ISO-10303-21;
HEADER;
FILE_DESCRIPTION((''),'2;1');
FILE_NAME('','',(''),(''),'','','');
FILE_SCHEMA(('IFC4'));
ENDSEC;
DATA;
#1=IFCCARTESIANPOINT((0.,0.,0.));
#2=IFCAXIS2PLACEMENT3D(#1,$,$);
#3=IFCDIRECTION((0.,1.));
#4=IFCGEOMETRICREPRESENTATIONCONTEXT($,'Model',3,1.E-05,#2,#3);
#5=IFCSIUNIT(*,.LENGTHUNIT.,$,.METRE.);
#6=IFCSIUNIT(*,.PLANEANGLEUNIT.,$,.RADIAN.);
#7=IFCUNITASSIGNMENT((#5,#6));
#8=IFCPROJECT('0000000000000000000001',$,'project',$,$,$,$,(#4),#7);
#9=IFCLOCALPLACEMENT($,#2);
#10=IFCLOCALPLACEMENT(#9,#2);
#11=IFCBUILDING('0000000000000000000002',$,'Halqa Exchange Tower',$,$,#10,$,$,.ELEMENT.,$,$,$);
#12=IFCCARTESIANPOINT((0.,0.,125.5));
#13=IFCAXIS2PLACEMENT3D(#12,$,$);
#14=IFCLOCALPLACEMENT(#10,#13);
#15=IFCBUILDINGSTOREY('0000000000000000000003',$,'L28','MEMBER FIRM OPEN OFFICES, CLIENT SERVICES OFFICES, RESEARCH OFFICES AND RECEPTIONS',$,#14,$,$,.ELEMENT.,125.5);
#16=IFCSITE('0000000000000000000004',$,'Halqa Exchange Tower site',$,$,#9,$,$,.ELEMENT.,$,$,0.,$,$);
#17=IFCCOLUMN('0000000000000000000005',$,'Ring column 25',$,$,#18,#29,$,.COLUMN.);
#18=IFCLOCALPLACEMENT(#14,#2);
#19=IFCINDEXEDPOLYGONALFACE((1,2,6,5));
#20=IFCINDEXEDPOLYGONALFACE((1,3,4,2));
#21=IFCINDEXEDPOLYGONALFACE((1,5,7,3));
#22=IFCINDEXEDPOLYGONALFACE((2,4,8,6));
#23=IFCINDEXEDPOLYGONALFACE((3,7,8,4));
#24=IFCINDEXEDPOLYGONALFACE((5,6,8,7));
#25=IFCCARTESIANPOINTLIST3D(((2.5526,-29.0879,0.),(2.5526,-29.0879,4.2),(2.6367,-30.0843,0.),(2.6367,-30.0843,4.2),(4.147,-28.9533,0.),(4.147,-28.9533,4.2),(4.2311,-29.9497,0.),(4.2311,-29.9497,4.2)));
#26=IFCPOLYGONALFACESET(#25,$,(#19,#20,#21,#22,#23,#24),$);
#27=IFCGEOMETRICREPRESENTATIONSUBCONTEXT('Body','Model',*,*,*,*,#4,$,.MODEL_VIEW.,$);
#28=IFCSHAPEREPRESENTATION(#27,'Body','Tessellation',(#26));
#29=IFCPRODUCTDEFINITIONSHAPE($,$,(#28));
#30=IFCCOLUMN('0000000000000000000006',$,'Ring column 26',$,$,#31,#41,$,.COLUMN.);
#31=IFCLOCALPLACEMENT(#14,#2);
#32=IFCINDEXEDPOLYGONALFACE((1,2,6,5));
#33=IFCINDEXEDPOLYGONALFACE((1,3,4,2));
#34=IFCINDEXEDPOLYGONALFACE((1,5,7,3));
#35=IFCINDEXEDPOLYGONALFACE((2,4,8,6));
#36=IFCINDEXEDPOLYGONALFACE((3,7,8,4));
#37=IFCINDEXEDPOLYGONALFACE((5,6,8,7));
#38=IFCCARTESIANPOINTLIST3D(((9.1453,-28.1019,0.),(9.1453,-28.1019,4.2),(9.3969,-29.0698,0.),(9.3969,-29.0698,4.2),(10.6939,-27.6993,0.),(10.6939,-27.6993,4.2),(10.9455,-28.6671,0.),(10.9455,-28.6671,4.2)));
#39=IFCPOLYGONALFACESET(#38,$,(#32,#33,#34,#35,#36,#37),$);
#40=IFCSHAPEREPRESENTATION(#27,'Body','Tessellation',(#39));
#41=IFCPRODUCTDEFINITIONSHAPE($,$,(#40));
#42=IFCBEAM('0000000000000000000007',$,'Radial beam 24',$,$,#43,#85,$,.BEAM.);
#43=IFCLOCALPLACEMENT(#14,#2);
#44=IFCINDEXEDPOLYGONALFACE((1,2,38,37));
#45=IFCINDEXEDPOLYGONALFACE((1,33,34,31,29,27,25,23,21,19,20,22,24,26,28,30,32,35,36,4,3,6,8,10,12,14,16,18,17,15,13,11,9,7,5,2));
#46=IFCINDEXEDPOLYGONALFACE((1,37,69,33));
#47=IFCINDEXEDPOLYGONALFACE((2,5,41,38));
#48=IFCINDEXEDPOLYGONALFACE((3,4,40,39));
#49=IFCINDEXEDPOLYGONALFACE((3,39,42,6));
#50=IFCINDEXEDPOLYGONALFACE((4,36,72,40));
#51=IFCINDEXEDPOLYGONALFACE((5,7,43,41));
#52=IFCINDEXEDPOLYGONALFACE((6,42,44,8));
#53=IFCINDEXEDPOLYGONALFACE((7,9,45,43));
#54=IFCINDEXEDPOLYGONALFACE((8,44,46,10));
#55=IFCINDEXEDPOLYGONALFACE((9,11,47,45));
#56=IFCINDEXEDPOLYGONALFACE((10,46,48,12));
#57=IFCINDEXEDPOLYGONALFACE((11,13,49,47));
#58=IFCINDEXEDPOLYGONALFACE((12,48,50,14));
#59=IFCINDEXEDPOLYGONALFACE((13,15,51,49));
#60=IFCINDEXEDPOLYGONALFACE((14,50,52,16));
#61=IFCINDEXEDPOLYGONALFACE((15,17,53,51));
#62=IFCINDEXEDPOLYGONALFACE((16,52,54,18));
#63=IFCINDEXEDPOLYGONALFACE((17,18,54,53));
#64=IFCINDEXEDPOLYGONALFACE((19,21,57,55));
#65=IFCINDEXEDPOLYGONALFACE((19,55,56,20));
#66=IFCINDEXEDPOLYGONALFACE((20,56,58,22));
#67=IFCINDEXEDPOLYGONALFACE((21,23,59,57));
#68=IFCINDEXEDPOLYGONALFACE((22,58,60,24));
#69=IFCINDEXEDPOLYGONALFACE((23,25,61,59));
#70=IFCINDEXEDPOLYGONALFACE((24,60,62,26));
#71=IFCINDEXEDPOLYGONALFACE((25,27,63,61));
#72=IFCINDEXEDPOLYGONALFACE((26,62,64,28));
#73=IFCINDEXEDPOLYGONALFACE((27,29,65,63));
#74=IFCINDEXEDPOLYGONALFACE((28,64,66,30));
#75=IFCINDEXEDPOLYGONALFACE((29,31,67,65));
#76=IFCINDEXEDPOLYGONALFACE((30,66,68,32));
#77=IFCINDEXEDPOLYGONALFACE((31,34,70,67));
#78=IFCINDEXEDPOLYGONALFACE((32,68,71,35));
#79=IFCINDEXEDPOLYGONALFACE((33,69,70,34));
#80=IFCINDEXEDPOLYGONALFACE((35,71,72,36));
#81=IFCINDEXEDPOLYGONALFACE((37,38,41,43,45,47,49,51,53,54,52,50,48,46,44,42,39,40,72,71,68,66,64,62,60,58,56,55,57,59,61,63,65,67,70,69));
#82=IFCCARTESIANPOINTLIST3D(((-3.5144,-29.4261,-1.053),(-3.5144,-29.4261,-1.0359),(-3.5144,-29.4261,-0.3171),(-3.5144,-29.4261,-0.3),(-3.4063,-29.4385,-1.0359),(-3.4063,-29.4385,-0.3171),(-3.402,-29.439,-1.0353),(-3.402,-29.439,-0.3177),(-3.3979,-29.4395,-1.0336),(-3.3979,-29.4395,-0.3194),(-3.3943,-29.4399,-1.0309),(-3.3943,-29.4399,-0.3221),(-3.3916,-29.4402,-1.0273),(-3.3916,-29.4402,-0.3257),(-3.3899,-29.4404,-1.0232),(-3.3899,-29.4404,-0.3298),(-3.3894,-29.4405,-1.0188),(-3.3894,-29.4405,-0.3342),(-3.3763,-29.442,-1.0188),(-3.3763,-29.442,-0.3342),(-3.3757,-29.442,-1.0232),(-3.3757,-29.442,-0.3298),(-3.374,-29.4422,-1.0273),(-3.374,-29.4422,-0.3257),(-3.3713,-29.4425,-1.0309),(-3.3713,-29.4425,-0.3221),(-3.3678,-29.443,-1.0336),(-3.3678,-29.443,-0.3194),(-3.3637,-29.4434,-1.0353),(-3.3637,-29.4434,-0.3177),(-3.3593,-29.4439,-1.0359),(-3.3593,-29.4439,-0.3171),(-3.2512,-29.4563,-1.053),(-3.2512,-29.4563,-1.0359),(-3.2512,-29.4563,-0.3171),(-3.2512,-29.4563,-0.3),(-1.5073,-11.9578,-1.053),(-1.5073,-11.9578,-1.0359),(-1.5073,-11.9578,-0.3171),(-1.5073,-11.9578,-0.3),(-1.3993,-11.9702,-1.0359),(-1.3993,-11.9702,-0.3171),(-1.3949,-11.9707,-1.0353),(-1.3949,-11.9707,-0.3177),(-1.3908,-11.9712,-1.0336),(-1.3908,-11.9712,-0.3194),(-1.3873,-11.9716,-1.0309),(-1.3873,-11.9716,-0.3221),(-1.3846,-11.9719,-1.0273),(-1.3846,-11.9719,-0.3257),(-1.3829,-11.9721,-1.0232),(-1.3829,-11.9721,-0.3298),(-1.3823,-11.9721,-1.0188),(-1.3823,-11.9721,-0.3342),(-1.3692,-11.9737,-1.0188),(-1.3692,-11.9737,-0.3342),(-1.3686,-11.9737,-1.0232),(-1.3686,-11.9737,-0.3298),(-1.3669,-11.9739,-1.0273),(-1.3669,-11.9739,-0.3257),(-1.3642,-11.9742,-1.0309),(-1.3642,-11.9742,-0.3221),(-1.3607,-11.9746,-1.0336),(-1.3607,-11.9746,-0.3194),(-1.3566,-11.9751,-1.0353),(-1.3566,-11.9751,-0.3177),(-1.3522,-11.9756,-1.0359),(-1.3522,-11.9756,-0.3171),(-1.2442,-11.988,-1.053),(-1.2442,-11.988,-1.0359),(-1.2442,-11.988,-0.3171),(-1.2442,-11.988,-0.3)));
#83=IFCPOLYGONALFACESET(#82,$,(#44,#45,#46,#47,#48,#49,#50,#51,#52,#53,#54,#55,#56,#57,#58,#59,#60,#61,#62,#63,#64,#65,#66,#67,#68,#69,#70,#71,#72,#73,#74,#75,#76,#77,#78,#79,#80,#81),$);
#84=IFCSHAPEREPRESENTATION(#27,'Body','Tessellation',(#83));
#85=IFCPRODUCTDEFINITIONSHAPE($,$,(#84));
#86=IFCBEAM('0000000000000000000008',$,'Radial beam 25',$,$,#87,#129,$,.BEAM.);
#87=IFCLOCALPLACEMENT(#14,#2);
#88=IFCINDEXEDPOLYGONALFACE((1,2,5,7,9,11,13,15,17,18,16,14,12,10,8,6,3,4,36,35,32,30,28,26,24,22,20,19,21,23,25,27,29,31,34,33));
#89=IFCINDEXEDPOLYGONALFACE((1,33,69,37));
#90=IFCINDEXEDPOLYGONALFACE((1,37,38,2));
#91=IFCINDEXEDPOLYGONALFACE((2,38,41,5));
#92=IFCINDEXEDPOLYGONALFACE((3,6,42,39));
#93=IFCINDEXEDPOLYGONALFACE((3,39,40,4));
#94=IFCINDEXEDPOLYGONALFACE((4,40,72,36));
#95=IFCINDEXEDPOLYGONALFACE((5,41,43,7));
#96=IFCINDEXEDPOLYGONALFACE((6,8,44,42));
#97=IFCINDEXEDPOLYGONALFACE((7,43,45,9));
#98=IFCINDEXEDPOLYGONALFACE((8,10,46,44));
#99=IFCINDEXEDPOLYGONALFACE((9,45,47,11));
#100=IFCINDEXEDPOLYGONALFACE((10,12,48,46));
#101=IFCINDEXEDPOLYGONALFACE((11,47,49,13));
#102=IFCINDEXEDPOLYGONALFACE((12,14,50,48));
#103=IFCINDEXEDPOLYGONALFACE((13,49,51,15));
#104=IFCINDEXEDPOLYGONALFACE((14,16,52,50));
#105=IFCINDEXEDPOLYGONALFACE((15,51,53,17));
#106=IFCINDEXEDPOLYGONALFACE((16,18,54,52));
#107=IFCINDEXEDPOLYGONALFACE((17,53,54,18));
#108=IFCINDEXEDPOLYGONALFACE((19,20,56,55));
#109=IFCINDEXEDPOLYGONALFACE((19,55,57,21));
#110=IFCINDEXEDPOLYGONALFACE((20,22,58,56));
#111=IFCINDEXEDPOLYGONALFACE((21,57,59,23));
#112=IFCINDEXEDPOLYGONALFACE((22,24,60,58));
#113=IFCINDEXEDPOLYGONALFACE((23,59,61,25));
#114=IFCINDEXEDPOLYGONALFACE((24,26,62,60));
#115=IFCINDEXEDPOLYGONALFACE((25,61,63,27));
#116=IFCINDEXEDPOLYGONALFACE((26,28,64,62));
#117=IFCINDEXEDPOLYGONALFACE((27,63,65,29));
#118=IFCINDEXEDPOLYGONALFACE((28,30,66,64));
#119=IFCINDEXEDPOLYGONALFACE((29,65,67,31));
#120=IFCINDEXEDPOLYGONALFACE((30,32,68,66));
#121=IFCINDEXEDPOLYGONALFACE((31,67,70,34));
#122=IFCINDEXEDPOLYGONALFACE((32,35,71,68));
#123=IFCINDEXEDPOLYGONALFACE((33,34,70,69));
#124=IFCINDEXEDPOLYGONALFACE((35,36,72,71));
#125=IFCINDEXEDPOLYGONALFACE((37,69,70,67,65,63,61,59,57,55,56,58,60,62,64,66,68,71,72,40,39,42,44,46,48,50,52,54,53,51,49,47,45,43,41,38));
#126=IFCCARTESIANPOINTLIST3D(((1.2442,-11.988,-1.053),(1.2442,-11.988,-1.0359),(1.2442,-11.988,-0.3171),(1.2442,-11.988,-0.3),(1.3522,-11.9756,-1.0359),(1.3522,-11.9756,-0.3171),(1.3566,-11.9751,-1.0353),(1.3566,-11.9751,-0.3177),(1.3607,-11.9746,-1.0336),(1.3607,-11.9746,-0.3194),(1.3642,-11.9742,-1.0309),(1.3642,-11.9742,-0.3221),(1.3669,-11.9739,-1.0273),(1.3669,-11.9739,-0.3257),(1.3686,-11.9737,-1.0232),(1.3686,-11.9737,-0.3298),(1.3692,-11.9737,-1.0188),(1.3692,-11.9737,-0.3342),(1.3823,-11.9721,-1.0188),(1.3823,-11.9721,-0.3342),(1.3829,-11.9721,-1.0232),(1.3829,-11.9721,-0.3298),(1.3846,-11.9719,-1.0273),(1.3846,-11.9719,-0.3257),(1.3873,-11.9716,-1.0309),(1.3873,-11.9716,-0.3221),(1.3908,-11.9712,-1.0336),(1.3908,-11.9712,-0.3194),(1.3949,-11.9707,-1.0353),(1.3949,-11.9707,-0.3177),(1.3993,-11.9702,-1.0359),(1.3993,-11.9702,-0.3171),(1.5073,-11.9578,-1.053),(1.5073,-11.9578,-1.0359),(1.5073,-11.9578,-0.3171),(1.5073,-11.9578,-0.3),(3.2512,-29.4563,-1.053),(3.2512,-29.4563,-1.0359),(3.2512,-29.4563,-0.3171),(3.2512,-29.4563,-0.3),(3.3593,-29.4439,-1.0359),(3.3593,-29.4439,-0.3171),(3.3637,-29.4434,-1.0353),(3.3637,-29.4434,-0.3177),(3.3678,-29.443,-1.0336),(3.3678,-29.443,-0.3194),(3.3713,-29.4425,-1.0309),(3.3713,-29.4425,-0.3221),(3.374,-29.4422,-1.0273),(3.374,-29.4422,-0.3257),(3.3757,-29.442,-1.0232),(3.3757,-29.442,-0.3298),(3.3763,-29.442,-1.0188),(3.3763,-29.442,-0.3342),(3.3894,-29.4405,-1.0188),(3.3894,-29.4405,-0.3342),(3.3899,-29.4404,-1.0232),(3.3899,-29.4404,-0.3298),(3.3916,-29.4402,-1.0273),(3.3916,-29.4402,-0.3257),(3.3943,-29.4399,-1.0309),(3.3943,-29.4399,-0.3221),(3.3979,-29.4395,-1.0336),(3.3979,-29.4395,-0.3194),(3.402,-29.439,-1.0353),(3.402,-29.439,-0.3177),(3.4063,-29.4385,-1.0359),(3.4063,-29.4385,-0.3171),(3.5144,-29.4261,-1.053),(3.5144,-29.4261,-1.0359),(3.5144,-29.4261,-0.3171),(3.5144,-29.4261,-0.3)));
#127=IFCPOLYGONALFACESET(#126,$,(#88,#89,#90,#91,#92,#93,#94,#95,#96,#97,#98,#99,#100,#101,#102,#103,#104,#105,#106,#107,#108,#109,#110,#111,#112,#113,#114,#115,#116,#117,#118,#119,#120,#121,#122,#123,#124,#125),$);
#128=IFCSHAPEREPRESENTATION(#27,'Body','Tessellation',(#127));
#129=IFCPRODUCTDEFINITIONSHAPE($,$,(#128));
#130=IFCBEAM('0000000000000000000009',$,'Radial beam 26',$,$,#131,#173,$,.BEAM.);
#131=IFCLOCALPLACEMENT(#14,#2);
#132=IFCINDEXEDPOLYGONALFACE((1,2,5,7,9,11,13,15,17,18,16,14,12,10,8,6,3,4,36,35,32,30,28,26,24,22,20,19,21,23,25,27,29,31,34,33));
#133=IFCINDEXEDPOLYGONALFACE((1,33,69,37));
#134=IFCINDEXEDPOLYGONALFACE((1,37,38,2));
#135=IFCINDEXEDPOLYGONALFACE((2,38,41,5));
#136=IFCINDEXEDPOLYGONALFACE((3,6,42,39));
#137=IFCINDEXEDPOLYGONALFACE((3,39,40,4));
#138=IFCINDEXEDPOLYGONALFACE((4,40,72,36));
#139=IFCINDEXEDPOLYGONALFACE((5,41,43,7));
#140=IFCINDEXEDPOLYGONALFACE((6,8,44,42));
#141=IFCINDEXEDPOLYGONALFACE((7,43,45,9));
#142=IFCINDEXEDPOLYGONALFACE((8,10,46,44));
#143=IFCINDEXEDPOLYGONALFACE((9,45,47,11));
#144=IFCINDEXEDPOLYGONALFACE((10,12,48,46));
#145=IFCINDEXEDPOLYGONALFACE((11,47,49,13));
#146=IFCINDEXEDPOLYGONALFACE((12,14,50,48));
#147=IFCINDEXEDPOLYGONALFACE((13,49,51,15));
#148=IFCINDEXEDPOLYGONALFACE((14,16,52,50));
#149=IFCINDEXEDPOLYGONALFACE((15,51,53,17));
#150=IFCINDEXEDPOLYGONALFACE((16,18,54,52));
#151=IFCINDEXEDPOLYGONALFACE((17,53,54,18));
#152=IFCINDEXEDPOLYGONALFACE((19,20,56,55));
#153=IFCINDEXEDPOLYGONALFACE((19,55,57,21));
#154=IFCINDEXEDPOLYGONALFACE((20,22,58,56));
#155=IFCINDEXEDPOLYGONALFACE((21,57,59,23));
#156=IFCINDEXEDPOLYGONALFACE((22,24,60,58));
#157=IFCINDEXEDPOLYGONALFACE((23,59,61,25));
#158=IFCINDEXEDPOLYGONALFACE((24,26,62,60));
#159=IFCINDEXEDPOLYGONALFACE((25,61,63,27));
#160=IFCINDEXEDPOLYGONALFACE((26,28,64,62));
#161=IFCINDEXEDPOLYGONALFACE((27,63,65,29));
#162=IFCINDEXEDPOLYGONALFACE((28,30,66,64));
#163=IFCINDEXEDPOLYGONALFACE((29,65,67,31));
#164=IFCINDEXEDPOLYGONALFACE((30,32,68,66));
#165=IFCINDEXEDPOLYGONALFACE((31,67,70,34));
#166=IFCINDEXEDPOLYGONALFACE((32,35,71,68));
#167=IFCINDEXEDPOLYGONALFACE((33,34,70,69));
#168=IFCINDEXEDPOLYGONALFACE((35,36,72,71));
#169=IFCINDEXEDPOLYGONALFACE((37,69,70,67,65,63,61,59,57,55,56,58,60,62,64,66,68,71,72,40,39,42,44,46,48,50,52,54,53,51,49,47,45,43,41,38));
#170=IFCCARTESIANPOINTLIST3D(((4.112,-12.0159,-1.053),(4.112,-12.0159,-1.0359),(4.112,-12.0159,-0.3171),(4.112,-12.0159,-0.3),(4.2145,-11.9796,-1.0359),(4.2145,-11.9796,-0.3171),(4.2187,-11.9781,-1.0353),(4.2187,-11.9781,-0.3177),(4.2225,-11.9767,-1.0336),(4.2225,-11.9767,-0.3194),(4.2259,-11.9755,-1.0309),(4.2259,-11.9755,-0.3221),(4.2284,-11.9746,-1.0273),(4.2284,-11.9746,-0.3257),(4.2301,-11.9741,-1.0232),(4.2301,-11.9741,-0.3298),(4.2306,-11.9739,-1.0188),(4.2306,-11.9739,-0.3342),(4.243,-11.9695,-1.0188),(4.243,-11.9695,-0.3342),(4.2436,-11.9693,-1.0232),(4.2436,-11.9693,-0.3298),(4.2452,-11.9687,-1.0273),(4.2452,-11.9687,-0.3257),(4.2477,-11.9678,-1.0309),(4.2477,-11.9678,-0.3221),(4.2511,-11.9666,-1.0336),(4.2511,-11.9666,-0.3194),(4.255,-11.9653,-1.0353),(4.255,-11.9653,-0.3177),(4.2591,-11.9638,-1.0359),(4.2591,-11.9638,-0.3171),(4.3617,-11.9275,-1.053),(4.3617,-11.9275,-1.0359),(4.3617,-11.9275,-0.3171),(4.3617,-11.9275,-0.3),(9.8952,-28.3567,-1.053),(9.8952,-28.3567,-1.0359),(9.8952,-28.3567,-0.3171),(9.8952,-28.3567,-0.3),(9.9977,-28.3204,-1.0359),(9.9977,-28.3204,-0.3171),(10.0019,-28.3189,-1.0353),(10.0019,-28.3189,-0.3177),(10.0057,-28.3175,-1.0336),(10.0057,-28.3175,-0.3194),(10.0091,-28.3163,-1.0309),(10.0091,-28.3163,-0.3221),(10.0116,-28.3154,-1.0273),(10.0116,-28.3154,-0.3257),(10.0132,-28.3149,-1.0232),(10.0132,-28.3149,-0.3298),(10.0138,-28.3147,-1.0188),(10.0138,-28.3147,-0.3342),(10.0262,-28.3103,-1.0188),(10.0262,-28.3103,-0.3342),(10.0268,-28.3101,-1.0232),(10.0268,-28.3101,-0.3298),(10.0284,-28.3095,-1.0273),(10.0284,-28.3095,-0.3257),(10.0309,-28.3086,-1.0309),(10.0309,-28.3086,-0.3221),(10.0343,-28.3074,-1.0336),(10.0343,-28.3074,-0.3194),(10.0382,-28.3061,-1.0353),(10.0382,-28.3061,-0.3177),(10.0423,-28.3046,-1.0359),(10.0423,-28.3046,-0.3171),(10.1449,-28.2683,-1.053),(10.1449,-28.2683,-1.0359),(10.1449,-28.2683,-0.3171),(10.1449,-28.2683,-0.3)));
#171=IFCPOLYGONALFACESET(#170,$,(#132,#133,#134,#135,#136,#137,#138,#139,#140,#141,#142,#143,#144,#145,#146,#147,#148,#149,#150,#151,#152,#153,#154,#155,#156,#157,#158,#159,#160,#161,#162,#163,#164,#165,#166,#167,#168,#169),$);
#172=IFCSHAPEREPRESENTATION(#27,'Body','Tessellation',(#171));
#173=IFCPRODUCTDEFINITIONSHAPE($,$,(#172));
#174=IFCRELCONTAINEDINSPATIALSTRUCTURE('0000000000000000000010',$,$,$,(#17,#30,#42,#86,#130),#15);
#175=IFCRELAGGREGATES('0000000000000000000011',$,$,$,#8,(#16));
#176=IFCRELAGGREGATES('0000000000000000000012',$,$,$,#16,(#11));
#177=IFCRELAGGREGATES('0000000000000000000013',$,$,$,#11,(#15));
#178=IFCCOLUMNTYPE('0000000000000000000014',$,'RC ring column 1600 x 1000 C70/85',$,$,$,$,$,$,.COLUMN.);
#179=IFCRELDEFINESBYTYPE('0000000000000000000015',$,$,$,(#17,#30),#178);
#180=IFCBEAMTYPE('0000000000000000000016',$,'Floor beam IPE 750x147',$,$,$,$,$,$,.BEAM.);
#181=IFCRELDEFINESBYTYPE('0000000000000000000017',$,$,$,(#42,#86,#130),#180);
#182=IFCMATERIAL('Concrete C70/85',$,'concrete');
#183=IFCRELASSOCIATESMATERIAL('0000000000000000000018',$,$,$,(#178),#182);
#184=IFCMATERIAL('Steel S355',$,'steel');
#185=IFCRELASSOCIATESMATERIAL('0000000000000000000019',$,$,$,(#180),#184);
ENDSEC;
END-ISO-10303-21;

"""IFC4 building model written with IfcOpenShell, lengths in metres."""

from ifc_helpers import new_model, si_unit, direction, frame, origin, origin_2d, place, context, subcontext, project, spatial, rectangle, i_section, extrude, material, material_profile, profile_set, type_object, element, save


model = new_model("IFC4")

# Units and contexts
model_context = context("Model", 3, precision=1e-05, world=origin(), true_north=direction((0.0, 1.0)))
body_context = subcontext(model_context, "Body", "Model", "MODEL_VIEW")
ifc_project = project(units=[si_unit("LENGTHUNIT", "METRE"), si_unit("PLANEANGLEUNIT", "RADIAN")], contexts=[model_context])

# Site, building, storey
site_placement = place(None, origin())
site = spatial("IfcSite", under=ifc_project, at=site_placement, Name="Halqa Exchange Tower site", CompositionType="ELEMENT", RefElevation=0.0)
building_placement = place(site_placement, origin())
building = spatial("IfcBuilding", under=site, at=building_placement, Name="Halqa Exchange Tower", CompositionType="ELEMENT")
storey_placement = place(building_placement, frame((0.0, 0.0, 125.5)))
storey = spatial("IfcBuildingStorey", under=building, at=storey_placement, Name="L28", Description="MEMBER FIRM OPEN OFFICES, CLIENT SERVICES OFFICES, RESEARCH OFFICES AND RECEPTIONS", CompositionType="ELEMENT", Elevation=125.5)

# Columns
ifc_material_1 = material(Name="Concrete C70/85", Category="concrete")
ifc_material_profile_1 = material_profile(ifc_material_1, rectangle(XDim=1.6001, YDim=1.0, at=origin_2d()), Name="1600 x 1000")
ifc_profile_set_1 = profile_set([ifc_material_profile_1], Name="Concrete C70/85")
column_type = type_object("IfcColumnType", Name="RC ring column 1600 x 1000 C70/85", PredefinedType="COLUMN", material=ifc_profile_set_1)
for number, where, z_axis, x_axis, name in (
    (1, (3.3918, -29.5188, 0.0), (0.0, 0.0, 1.0), (0.996455, 0.084123, 0.0), "Ring column 25"),
    (2, (10.0454, -28.3845, 0.0), (0.0, 0.0, 1.0), (0.96782, 0.251645, 0.0), "Ring column 26"),
):
    element("IfcColumn", number, at=place(storey_placement, frame(where, z_axis=z_axis, x_axis=x_axis)), inside=storey, type_object=column_type, Name=name, PredefinedType="COLUMN", context=body_context, shape_type="SweptSolid", body=[
        extrude(rectangle(XDim=1.6001, YDim=1.0, at=origin_2d()), origin(), (0.0, 0.0, 1.0), 4.2),
    ])

# Beams
ifc_material_2 = material(Name="Steel S355", Category="steel")
ifc_material_profile_2 = material_profile(ifc_material_2, i_section(OverallWidth=0.2649, OverallDepth=0.7529, WebThickness=0.0132, FlangeThickness=0.0171, FilletRadius=0.0171, at=origin_2d()), Name="IPE 750x147")
ifc_profile_set_2 = profile_set([ifc_material_profile_2], Name="Steel S355")
beam_type_1 = type_object("IfcBeamType", Name="Floor beam IPE 750x147", PredefinedType="BEAM", material=ifc_profile_set_2)
for number, where, z_axis, x_axis, name in (
    (3, (-1.3757, -11.9729, -0.6765), (-0.114148, -0.993464, 0.0), (0.993464, -0.114148, 0.0), "Radial beam 24"),
    (4, (1.3757, -11.9729, -0.6765), (0.114148, -0.993464, 0.0), (0.993464, 0.114148, 0.0), "Radial beam 25"),
):
    element("IfcBeam", number, at=place(storey_placement, frame(where, z_axis=z_axis, x_axis=x_axis)), inside=storey, type_object=beam_type_1, Name=name, PredefinedType="BEAM", context=body_context, shape_type="SweptSolid", body=[
        extrude(i_section(OverallWidth=0.2649, OverallDepth=0.7529, WebThickness=0.0132, FlangeThickness=0.0171, FilletRadius=0.0171, at=origin_2d()), origin(), (0.0, 0.0, 1.0), 17.5833),
    ])
beam_1_placement = place(storey_placement, frame((4.2368, -11.9717, -0.6765), z_axis=(0.333633, -0.942703, 0.0), x_axis=(0.942703, 0.333633, 0.0)))
element("IfcBeam", 5, at=beam_1_placement, inside=storey, type_object=beam_type_1, Name="Radial beam 26", PredefinedType="BEAM", context=body_context, shape_type="SweptSolid", body=[
    extrude(i_section(OverallWidth=0.2649, OverallDepth=0.7529, WebThickness=0.0132, FlangeThickness=0.0171, FilletRadius=0.0171, at=origin_2d()), origin(), (0.0, 0.0, 1.0), 17.334),
])

save(model, "model.ifc")
